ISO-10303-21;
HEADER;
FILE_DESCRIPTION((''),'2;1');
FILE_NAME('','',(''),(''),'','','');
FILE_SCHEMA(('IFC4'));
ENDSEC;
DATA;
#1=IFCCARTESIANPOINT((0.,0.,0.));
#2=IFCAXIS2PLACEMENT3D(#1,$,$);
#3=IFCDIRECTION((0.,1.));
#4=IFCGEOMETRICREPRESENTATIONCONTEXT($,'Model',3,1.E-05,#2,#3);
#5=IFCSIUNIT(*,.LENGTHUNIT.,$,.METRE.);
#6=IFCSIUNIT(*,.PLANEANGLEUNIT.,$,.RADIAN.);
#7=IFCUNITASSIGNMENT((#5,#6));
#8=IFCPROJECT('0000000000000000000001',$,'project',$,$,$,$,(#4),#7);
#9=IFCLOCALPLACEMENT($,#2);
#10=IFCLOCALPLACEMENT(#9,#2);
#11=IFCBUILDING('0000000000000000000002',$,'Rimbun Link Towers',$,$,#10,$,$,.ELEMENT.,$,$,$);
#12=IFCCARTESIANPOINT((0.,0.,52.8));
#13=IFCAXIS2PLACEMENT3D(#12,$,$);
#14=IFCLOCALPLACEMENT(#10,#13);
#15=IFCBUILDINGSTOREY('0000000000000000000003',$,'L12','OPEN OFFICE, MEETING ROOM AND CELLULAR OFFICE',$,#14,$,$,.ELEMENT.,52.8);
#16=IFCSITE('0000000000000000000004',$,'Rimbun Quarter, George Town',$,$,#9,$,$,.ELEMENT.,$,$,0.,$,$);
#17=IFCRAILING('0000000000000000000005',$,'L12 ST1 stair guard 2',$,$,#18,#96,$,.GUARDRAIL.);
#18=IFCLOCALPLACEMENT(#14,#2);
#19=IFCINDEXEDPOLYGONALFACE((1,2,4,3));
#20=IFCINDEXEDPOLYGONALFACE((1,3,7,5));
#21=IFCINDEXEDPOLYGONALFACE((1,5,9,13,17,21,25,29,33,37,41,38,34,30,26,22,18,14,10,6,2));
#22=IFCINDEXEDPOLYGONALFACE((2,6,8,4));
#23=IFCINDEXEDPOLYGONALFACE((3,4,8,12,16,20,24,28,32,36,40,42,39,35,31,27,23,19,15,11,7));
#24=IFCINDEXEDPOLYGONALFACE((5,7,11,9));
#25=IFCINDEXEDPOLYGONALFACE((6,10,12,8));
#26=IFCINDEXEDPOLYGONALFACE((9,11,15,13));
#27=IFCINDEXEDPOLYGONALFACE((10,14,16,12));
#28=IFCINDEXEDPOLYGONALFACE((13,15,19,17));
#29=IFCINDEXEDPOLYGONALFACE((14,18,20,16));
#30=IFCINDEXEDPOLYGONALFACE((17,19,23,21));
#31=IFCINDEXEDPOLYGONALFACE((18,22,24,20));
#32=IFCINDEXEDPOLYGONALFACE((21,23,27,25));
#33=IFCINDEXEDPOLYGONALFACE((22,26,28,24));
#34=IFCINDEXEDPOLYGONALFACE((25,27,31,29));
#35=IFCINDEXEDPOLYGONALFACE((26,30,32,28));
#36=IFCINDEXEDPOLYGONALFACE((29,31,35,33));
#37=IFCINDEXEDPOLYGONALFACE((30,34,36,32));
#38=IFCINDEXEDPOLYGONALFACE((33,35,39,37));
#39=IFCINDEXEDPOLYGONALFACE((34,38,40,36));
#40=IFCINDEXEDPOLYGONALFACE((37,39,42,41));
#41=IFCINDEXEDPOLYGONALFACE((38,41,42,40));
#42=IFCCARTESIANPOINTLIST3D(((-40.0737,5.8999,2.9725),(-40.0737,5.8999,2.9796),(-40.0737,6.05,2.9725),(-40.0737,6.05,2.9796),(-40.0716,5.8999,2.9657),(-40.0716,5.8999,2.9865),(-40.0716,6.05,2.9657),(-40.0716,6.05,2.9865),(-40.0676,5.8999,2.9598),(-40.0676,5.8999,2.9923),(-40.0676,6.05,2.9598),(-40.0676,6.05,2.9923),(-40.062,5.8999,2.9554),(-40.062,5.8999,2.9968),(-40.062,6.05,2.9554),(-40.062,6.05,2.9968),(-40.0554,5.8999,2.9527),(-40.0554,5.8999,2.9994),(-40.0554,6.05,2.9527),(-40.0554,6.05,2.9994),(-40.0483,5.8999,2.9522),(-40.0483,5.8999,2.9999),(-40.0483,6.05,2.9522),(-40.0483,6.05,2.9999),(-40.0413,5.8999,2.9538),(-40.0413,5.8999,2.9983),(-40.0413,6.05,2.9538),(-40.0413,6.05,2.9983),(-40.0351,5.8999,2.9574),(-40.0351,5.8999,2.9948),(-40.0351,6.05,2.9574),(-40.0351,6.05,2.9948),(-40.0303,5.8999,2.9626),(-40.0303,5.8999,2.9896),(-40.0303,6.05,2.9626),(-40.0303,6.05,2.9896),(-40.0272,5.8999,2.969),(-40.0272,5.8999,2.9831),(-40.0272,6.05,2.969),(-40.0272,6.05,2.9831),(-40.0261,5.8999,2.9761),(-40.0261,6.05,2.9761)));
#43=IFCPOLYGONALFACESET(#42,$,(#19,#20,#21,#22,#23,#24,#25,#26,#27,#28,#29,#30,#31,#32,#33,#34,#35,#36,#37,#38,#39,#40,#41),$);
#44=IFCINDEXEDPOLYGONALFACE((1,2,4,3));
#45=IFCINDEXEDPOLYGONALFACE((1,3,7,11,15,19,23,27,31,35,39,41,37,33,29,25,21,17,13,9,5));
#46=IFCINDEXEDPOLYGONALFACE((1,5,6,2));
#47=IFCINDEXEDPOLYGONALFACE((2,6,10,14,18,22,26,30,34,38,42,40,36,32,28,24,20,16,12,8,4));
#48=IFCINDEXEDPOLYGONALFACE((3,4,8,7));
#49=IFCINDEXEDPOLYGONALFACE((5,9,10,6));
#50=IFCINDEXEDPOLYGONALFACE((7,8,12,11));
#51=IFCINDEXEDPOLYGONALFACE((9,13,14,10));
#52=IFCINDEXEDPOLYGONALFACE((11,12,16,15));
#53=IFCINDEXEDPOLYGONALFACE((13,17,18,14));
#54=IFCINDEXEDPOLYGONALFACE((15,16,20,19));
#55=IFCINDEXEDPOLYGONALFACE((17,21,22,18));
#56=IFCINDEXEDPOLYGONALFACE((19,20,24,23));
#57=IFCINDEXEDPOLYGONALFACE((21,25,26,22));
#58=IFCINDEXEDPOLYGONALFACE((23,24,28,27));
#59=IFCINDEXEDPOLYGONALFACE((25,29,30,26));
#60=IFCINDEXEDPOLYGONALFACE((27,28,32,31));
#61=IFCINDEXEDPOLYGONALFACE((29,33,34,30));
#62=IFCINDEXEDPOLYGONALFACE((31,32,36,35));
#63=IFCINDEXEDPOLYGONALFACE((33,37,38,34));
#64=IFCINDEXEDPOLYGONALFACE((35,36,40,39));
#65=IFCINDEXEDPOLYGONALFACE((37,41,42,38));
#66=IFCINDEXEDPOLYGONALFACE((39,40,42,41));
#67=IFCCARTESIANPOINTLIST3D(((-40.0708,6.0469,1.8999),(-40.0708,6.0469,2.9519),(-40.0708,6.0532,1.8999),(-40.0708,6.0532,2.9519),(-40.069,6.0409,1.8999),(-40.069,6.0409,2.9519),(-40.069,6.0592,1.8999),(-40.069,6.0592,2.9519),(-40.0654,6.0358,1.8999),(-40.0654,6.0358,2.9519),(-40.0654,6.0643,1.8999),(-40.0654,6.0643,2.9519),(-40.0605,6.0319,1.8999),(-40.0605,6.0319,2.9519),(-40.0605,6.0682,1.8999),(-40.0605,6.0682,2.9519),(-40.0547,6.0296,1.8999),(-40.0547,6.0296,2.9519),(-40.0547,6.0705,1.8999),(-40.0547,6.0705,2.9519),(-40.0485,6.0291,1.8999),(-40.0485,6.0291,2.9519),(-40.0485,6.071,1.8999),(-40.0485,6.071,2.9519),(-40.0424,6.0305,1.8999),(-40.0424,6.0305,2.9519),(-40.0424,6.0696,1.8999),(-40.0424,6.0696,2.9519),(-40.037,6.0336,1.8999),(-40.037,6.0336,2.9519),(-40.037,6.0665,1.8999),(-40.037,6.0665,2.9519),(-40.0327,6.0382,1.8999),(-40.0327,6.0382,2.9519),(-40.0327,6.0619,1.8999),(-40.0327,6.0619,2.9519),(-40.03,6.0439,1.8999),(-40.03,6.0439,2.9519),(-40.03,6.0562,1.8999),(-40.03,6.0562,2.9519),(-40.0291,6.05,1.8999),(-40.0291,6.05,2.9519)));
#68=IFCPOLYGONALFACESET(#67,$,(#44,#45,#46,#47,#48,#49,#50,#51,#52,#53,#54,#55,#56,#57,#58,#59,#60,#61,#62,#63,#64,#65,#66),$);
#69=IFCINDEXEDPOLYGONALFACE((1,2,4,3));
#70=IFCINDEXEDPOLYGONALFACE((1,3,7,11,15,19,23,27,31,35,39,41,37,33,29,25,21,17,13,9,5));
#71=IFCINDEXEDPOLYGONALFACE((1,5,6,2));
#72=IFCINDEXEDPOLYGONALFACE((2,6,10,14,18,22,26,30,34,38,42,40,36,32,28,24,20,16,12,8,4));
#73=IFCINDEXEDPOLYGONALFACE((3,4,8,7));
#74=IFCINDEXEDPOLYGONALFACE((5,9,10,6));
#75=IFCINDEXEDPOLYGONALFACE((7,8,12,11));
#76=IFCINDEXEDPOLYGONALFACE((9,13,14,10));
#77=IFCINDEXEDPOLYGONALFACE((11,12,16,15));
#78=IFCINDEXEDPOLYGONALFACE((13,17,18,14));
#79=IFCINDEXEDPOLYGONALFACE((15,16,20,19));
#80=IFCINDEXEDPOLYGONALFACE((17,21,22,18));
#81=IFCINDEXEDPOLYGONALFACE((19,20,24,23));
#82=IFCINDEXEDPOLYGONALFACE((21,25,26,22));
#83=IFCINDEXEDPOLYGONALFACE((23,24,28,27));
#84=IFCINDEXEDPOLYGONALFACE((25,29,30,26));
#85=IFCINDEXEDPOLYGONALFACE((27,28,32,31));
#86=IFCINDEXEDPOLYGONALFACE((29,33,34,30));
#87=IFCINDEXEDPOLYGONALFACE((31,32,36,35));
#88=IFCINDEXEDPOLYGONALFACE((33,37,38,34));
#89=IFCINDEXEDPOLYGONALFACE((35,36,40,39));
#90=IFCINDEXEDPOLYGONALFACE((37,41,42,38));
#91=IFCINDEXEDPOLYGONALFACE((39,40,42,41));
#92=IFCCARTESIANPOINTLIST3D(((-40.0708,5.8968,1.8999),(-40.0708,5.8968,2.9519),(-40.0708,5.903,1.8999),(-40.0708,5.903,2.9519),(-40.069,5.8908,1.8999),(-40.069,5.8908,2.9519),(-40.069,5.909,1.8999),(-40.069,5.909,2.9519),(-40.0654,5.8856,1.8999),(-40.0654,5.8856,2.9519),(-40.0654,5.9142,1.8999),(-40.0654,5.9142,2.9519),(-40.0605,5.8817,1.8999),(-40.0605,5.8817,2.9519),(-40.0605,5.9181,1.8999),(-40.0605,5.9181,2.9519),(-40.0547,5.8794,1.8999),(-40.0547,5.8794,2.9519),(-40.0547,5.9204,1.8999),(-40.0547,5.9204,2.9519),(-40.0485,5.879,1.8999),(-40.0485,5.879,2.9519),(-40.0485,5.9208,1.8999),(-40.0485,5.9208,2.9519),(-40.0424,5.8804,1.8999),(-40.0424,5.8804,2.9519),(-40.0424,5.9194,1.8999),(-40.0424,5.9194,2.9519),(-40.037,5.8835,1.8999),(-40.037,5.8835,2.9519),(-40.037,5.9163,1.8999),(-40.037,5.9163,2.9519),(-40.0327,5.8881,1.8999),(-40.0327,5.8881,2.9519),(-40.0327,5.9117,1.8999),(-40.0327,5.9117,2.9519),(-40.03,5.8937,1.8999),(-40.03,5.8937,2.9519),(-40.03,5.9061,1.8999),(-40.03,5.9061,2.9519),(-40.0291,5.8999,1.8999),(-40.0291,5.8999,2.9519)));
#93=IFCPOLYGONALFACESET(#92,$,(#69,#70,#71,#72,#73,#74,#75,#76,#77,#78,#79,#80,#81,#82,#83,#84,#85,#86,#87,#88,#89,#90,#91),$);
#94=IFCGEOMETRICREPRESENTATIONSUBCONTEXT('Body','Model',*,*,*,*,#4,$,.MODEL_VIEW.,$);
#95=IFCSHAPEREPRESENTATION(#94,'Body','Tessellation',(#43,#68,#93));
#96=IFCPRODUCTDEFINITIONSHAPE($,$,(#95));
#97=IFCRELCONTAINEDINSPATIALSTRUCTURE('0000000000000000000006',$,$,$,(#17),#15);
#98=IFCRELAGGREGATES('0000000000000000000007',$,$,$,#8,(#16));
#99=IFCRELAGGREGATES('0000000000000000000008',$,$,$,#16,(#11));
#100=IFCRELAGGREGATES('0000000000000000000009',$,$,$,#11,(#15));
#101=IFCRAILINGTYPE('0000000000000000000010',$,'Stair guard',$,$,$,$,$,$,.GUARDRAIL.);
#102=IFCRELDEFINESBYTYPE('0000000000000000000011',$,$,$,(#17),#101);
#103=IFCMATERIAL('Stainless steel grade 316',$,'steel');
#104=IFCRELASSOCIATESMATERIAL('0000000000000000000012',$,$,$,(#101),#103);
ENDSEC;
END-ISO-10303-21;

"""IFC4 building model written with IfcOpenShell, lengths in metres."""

from ifc_helpers import new_model, si_unit, direction, frame, origin, origin_2d, place, context, subcontext, project, spatial, circle, extrude, material, type_object, element, save


model = new_model("IFC4")

# Units and contexts
model_context = context("Model", 3, precision=1e-05, world=origin(), true_north=direction((0.0, 1.0)))
body_context = subcontext(model_context, "Body", "Model", "MODEL_VIEW")
ifc_project = project(units=[si_unit("LENGTHUNIT", "METRE"), si_unit("PLANEANGLEUNIT", "RADIAN")], contexts=[model_context])

# Site, building, storey
site_placement = place(None, origin())
site = spatial("IfcSite", under=ifc_project, at=site_placement, Name="Rimbun Quarter, George Town", CompositionType="ELEMENT", RefElevation=0.0)
building_placement = place(site_placement, origin())
building = spatial("IfcBuilding", under=site, at=building_placement, Name="Rimbun Link Towers", CompositionType="ELEMENT")
storey_placement = place(building_placement, frame((0.0, 0.0, 52.8)))
storey = spatial("IfcBuildingStorey", under=building, at=storey_placement, Name="L12", Description="OPEN OFFICE, MEETING ROOM AND CELLULAR OFFICE", CompositionType="ELEMENT", Elevation=52.8)

# Railing
ifc_material_1 = material(Name="Stainless steel grade 316", Category="steel")
railing_type_1 = type_object("IfcRailingType", Name="Stair guard", PredefinedType="GUARDRAIL", material=ifc_material_1)
railing_1_placement = place(storey_placement, frame((-40.05, 6.05, 1.8999)))
element("IfcRailing", 1, at=railing_1_placement, inside=storey, type_object=railing_type_1, Name="L12 ST1 stair guard 2", PredefinedType="GUARDRAIL", context=body_context, shape_type="SweptSolid", body=[
    extrude(circle(Radius=0.0239, at=origin_2d()), frame((0.0, 0.0, 1.0762), z_axis=(0.0, -1.0, 0.0), x_axis=(1.0, 0.0, 0.0)), (0.0, 0.0, 1.0), 0.1501),
    extrude(circle(Radius=0.021, at=origin_2d()), origin(), (0.0, 0.0, 1.0), 1.052),
    extrude(circle(Radius=0.021, at=origin_2d()), frame((0.0, -0.1501, 0.0)), (0.0, 0.0, 1.0), 1.052),
])

save(model, "model.ifc")
